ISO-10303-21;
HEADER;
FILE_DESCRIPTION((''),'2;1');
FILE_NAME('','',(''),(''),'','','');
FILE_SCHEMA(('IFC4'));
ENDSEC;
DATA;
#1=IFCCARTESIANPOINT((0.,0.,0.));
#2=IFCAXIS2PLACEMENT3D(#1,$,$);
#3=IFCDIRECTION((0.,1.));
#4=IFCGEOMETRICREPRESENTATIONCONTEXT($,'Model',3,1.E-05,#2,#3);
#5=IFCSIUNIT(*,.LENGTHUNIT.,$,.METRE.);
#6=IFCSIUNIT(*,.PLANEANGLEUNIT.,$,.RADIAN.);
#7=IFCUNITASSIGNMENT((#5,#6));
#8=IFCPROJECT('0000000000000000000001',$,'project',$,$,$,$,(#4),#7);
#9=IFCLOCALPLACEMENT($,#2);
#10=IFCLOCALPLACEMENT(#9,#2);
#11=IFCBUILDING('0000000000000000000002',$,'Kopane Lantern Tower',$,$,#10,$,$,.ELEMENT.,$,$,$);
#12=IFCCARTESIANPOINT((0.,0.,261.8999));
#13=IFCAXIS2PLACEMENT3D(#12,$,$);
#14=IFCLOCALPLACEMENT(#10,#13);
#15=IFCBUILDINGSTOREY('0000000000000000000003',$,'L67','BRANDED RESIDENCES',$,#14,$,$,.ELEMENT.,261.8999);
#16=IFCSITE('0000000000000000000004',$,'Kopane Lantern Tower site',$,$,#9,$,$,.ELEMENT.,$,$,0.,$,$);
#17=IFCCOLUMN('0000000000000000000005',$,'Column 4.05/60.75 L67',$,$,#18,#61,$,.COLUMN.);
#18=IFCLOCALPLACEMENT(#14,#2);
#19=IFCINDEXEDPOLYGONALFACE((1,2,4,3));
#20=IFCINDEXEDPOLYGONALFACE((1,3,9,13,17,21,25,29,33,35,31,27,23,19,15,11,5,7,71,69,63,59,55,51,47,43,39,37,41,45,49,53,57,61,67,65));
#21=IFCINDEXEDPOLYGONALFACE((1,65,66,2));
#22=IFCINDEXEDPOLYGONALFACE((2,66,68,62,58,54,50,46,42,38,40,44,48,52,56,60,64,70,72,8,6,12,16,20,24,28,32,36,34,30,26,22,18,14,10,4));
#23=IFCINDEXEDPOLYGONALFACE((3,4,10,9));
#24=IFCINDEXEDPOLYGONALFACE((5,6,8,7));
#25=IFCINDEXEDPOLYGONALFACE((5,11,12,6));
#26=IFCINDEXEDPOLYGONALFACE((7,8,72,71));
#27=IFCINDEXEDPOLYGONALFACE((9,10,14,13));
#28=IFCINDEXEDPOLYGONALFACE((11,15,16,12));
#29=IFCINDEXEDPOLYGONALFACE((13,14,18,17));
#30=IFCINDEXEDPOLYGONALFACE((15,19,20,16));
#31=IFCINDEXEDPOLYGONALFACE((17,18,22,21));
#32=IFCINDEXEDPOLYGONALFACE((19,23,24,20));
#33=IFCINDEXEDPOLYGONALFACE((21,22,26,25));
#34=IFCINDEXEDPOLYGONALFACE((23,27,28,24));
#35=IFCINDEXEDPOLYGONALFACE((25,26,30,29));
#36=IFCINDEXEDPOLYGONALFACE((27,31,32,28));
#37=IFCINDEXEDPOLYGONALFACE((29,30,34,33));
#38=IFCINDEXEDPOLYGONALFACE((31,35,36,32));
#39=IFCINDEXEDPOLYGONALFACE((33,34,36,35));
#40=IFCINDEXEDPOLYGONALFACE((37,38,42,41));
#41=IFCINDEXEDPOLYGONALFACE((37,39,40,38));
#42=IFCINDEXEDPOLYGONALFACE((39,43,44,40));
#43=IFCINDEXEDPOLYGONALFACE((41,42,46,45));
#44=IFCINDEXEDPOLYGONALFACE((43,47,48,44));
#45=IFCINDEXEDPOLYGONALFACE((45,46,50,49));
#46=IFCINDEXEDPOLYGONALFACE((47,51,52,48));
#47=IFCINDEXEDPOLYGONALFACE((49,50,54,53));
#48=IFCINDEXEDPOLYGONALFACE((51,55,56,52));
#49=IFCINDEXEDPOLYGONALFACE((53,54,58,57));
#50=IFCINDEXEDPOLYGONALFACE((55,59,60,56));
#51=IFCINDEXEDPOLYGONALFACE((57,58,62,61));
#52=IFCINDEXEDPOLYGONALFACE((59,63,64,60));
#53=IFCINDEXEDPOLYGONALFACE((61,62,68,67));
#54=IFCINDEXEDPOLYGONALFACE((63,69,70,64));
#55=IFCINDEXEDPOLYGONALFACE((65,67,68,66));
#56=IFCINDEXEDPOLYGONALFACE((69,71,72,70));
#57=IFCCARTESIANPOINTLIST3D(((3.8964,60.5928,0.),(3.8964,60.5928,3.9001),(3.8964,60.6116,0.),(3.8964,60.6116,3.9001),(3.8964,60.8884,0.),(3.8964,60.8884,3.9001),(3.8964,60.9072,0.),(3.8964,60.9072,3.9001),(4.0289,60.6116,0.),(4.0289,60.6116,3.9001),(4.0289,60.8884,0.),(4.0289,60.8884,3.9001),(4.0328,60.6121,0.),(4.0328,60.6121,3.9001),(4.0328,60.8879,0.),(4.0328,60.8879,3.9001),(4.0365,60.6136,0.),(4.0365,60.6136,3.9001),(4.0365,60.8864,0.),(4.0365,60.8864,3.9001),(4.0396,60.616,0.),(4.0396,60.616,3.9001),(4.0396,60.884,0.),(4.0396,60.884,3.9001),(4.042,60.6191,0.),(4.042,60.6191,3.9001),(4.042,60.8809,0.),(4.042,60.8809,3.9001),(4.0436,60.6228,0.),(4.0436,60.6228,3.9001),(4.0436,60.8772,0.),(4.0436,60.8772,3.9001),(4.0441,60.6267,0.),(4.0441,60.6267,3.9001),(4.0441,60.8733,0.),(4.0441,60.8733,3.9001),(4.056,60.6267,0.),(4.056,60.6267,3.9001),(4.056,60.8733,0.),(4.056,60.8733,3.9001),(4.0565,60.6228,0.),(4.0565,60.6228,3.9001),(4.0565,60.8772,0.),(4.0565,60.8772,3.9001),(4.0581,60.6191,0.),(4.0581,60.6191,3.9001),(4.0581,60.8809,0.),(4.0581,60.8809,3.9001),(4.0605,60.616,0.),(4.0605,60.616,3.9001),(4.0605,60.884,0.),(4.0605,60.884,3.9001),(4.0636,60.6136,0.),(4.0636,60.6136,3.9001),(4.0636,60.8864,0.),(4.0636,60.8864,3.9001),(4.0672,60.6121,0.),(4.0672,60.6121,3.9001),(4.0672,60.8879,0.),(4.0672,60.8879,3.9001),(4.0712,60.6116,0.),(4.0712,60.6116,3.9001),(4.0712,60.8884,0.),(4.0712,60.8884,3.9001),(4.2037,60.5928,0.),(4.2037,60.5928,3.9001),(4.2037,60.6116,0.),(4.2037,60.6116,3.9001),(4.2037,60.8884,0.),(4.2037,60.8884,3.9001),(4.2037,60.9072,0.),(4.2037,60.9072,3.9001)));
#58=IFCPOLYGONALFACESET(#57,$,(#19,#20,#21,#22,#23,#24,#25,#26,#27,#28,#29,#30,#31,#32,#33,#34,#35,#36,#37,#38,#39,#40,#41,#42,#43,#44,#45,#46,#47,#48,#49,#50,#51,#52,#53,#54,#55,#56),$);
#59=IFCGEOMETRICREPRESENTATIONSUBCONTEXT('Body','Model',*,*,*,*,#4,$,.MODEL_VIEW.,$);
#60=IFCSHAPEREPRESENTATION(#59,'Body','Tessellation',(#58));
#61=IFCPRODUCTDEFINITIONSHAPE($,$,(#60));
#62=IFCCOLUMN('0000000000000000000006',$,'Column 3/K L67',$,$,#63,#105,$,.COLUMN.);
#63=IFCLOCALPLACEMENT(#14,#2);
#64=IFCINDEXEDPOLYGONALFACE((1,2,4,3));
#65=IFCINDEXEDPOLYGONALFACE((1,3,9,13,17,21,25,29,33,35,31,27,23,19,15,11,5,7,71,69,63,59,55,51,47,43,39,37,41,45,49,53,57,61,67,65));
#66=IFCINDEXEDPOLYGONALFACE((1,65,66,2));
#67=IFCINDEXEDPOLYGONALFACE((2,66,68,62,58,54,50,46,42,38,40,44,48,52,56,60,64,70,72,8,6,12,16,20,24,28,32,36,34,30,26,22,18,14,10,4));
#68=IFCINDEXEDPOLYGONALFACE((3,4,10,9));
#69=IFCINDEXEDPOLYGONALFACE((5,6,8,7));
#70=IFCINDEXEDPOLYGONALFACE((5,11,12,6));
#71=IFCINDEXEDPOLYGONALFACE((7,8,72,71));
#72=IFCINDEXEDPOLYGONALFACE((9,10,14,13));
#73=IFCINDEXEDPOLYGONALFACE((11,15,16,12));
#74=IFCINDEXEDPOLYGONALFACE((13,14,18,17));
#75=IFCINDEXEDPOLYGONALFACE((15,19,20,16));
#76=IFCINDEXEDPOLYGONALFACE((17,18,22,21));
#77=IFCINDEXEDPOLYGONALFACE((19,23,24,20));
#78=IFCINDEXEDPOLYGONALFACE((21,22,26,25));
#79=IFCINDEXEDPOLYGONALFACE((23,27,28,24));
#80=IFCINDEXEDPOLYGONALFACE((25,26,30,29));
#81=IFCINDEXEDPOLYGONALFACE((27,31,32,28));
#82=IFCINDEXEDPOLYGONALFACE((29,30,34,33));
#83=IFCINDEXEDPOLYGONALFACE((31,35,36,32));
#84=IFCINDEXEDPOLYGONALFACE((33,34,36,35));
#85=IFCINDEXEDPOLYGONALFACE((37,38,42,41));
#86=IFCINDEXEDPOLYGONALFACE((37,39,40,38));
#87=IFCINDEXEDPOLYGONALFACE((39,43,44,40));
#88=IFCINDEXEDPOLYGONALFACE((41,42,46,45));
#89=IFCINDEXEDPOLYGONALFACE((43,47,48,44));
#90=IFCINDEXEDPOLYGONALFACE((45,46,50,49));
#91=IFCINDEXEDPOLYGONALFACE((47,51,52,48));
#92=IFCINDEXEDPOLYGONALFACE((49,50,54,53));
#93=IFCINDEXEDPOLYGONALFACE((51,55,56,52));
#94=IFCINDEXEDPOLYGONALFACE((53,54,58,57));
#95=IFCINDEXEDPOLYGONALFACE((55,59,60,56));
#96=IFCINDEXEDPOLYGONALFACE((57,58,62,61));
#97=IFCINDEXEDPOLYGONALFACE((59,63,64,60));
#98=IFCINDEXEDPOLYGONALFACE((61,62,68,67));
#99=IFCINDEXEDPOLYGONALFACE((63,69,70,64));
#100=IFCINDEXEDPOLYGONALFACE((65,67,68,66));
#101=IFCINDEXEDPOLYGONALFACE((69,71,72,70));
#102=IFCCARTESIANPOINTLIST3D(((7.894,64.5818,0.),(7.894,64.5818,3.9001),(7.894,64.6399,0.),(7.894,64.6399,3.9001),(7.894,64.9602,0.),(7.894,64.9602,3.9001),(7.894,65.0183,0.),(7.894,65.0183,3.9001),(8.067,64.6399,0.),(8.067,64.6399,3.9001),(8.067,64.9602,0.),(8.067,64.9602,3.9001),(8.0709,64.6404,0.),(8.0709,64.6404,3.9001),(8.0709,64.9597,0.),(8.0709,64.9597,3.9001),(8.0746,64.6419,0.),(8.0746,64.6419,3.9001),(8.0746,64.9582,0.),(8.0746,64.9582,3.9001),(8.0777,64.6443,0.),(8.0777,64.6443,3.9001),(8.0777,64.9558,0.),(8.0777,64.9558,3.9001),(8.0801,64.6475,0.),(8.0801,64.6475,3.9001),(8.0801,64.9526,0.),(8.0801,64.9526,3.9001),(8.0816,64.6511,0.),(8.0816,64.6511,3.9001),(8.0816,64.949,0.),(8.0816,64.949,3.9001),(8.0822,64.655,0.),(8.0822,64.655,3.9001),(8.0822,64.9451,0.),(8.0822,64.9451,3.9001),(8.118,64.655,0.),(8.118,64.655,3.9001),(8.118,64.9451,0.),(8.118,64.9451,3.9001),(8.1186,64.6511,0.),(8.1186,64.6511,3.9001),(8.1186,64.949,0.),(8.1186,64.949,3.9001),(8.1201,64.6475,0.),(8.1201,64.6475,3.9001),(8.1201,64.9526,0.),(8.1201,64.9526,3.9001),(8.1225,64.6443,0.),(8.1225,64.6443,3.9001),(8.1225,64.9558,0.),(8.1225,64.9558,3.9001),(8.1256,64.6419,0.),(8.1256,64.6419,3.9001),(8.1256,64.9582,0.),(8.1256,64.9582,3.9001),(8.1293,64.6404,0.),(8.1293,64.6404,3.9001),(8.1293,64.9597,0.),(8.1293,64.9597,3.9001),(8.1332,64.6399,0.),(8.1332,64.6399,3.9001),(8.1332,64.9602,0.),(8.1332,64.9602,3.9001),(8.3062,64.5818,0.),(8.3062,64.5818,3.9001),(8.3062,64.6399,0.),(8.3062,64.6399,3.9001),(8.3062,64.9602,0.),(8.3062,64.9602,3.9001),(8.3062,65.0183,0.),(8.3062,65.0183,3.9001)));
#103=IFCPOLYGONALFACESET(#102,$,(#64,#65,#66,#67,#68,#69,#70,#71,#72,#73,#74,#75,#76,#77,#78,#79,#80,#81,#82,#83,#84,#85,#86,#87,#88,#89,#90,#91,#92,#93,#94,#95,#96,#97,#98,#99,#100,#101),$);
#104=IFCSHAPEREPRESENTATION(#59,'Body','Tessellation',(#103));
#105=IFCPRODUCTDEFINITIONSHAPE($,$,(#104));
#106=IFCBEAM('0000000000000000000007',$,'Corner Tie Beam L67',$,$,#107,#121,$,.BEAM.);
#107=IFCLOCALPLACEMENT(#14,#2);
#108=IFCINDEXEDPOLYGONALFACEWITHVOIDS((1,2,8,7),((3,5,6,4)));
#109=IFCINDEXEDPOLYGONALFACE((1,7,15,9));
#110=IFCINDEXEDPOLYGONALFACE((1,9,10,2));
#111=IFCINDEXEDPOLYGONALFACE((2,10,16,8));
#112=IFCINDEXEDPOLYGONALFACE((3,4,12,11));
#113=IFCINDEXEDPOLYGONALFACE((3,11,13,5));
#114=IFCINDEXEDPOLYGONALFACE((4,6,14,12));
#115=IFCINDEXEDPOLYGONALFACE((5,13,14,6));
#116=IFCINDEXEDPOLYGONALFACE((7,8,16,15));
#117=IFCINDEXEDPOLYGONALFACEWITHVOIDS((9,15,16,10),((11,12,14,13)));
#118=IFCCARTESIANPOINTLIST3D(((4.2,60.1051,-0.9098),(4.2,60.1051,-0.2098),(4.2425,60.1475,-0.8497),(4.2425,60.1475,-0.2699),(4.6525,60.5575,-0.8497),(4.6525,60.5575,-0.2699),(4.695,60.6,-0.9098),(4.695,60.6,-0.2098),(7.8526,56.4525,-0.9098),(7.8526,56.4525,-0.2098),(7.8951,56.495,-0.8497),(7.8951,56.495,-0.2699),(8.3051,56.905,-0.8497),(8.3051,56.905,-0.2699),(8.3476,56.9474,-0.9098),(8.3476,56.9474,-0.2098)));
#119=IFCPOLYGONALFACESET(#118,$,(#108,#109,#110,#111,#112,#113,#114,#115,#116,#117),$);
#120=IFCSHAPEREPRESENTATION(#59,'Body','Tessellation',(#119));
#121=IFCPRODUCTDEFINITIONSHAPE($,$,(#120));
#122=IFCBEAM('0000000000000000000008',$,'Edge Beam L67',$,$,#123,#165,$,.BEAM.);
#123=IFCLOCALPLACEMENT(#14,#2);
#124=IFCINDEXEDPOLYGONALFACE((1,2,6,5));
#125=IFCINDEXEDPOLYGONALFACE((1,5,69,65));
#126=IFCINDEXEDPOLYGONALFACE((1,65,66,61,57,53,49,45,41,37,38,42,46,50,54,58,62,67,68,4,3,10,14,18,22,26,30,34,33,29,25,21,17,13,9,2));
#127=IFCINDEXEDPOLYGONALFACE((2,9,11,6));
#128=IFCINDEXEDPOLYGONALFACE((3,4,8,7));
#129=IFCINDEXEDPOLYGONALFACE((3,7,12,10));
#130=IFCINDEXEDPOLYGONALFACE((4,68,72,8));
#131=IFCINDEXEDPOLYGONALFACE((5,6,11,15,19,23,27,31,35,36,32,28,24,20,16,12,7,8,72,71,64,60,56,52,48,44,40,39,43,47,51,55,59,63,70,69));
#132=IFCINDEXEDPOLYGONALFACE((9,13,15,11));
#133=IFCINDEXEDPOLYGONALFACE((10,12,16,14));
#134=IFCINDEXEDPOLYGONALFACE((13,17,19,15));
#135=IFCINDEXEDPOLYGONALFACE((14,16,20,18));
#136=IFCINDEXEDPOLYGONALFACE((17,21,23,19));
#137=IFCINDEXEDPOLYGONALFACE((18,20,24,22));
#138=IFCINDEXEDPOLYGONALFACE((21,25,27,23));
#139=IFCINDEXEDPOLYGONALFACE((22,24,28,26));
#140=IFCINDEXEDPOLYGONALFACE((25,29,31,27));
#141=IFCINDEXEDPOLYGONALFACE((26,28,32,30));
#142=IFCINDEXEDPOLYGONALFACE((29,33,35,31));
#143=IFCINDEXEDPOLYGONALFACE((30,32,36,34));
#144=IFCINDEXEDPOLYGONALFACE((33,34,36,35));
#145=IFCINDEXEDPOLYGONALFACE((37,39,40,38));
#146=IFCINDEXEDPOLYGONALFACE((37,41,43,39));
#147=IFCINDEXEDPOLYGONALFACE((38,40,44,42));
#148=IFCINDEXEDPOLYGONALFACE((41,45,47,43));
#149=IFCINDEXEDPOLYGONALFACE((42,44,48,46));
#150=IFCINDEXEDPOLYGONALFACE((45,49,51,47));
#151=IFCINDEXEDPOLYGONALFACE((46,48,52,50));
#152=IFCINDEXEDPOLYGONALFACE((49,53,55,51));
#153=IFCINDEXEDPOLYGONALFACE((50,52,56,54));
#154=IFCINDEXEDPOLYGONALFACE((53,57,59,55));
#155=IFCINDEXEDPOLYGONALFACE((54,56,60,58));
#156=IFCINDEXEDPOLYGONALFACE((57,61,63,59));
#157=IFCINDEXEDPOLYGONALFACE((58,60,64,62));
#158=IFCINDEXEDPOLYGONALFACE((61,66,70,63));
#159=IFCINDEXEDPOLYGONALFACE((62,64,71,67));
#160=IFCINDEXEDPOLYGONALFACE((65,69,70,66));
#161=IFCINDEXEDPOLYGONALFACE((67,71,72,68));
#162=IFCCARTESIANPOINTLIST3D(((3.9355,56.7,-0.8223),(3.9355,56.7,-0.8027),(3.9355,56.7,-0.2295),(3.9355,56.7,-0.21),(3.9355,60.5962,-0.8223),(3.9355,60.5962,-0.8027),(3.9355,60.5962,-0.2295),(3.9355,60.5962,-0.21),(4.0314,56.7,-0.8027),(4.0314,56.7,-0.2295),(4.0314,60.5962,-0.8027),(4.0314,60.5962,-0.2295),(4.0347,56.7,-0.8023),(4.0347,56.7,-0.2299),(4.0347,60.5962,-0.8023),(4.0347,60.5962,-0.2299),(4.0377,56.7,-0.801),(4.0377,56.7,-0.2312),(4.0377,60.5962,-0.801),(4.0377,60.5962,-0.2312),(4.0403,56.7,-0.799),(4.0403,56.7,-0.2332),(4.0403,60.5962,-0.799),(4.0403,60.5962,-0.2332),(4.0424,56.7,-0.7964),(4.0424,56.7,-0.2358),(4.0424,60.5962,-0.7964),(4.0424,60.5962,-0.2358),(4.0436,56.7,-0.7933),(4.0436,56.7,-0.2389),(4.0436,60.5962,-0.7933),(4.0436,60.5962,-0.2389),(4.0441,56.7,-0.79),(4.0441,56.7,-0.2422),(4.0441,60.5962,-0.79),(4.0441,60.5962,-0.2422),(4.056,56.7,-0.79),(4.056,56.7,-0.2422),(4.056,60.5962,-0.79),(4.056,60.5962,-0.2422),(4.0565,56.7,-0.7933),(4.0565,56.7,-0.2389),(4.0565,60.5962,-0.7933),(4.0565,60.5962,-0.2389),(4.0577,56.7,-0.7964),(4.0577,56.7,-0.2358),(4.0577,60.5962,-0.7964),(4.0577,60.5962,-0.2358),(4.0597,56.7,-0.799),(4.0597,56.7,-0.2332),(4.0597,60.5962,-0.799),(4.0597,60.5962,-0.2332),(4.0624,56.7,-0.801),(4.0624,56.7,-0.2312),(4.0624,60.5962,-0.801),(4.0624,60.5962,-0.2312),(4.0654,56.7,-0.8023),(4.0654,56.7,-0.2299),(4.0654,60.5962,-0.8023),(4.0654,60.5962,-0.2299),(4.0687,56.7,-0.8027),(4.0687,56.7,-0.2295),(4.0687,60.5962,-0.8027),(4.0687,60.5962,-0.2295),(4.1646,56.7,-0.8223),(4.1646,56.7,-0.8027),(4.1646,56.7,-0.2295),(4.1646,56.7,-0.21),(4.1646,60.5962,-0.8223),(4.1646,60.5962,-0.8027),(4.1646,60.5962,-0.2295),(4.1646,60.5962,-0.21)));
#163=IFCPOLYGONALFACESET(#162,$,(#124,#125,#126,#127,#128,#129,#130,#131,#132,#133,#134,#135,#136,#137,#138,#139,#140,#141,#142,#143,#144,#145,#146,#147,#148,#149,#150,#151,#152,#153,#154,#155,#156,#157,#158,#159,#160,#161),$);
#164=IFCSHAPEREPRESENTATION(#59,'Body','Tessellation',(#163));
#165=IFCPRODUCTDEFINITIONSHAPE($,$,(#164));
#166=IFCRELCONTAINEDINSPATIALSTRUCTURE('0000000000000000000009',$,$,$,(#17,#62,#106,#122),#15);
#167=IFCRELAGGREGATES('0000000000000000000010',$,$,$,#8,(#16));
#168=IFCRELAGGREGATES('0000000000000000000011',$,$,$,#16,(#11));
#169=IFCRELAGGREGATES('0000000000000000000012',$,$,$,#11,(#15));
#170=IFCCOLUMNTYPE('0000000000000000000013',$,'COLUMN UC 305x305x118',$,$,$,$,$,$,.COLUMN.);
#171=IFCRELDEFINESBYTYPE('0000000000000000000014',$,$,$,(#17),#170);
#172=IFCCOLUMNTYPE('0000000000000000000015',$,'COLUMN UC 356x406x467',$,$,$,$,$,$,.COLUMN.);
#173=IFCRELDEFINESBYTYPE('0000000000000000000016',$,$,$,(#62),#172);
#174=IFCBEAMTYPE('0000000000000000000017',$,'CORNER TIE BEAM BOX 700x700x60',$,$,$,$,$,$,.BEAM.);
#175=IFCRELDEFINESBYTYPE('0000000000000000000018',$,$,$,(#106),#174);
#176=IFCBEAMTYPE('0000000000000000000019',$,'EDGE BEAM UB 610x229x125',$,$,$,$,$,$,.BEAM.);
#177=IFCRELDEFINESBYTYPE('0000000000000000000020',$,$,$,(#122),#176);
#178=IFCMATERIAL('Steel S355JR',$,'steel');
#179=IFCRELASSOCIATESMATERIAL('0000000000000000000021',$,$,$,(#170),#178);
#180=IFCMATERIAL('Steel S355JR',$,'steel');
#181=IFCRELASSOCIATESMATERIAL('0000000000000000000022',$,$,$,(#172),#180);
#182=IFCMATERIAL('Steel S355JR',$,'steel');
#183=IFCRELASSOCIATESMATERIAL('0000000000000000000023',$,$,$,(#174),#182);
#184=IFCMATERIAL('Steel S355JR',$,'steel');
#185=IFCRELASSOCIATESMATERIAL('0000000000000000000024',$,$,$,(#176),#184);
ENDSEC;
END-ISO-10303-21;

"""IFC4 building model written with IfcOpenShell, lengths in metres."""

from ifc_helpers import new_model, si_unit, direction, frame, origin, origin_2d, place, context, subcontext, project, spatial, hollow_rectangle, i_section, extrude, material, material_profile, profile_set, type_object, element, save


model = new_model("IFC4")

# Units and contexts
model_context = context("Model", 3, precision=1e-05, world=origin(), true_north=direction((0.0, 1.0)))
body_context = subcontext(model_context, "Body", "Model", "MODEL_VIEW")
ifc_project = project(units=[si_unit("LENGTHUNIT", "METRE"), si_unit("PLANEANGLEUNIT", "RADIAN")], contexts=[model_context])

# Site, building, storey
site_placement = place(None, origin())
site = spatial("IfcSite", under=ifc_project, at=site_placement, Name="Kopane Lantern Tower site", CompositionType="ELEMENT", RefElevation=0.0)
building_placement = place(site_placement, origin())
building = spatial("IfcBuilding", under=site, at=building_placement, Name="Kopane Lantern Tower", CompositionType="ELEMENT")
storey_placement = place(building_placement, frame((0.0, 0.0, 261.8999)))
storey = spatial("IfcBuildingStorey", under=building, at=storey_placement, Name="L67", Description="BRANDED RESIDENCES", CompositionType="ELEMENT", Elevation=261.8999)

# Columns
ifc_material_1 = material(Name="Steel S355JR", Category="steel")
ifc_material_profile_1 = material_profile(ifc_material_1, i_section(OverallWidth=0.3074, OverallDepth=0.3145, WebThickness=0.012, FlangeThickness=0.0188, FilletRadius=0.0151, at=origin_2d()), Name="UC 305x305x118")
ifc_profile_set_1 = profile_set([ifc_material_profile_1], Name="Steel S355JR")
column_type_1 = type_object("IfcColumnType", Name="COLUMN UC 305x305x118", PredefinedType="COLUMN", material=ifc_profile_set_1)
column_1_placement = place(storey_placement, frame((4.05, 60.75, 0.0), z_axis=(0.0, 0.0, 1.0), x_axis=(1.0, 0.0, 0.0)))
element("IfcColumn", 1, at=column_1_placement, inside=storey, type_object=column_type_1, Name="Column 4.05/60.75 L67", PredefinedType="COLUMN", context=body_context, shape_type="SweptSolid", body=[
    extrude(i_section(OverallWidth=0.3074, OverallDepth=0.3145, WebThickness=0.012, FlangeThickness=0.0188, FilletRadius=0.0151, at=origin_2d()), origin(), (0.0, 0.0, 1.0), 3.9001),
])
ifc_material_2 = material(Name="Steel S355JR", Category="steel")
ifc_material_profile_2 = material_profile(ifc_material_2, i_section(OverallWidth=0.4121, OverallDepth=0.4365, WebThickness=0.0359, FlangeThickness=0.0581, FilletRadius=0.0151, at=origin_2d()), Name="UC 356x406x467")
ifc_profile_set_2 = profile_set([ifc_material_profile_2], Name="Steel S355JR")
column_type_2 = type_object("IfcColumnType", Name="COLUMN UC 356x406x467", PredefinedType="COLUMN", material=ifc_profile_set_2)
column_2_placement = place(storey_placement, frame((8.1001, 64.8, 0.0), z_axis=(0.0, 0.0, 1.0), x_axis=(1.0, 0.0, 0.0)))
element("IfcColumn", 2, at=column_2_placement, inside=storey, type_object=column_type_2, Name="Column 3/K L67", PredefinedType="COLUMN", context=body_context, shape_type="SweptSolid", body=[
    extrude(i_section(OverallWidth=0.4121, OverallDepth=0.4365, WebThickness=0.0359, FlangeThickness=0.0581, FilletRadius=0.0151, at=origin_2d()), origin(), (0.0, 0.0, 1.0), 3.9001),
])

# Beams
ifc_material_3 = material(Name="Steel S355JR", Category="steel")
ifc_material_profile_3 = material_profile(ifc_material_3, hollow_rectangle(XDim=0.7, YDim=0.7, WallThickness=0.0601, at=origin_2d()), Name="BOX 700x700x60")
ifc_profile_set_3 = profile_set([ifc_material_profile_3], Name="Steel S355JR")
beam_type_1 = type_object("IfcBeamType", Name="CORNER TIE BEAM BOX 700x700x60", PredefinedType="BEAM", material=ifc_profile_set_3)
beam_1_placement = place(storey_placement, frame((4.4475, 60.3525, -0.5598), z_axis=(0.707107, -0.707107, 0.0), x_axis=(0.707107, 0.707107, 0.0)))
element("IfcBeam", 3, at=beam_1_placement, inside=storey, type_object=beam_type_1, Name="Corner Tie Beam L67", PredefinedType="BEAM", context=body_context, shape_type="SweptSolid", body=[
    extrude(hollow_rectangle(XDim=0.7, YDim=0.7, WallThickness=0.0601, at=origin_2d()), origin(), (0.0, 0.0, 1.0), 5.1655),
])
ifc_material_4 = material(Name="Steel S355JR", Category="steel")
ifc_material_profile_4 = material_profile(ifc_material_4, i_section(OverallWidth=0.229, OverallDepth=0.6123, WebThickness=0.012, FlangeThickness=0.0195, FilletRadius=0.0127, at=origin_2d()), Name="UB 610x229x125")
ifc_profile_set_4 = profile_set([ifc_material_profile_4], Name="Steel S355JR")
beam_type_2 = type_object("IfcBeamType", Name="EDGE BEAM UB 610x229x125", PredefinedType="BEAM", material=ifc_profile_set_4)
beam_2_placement = place(storey_placement, frame((4.05, 60.5962, -0.5161), z_axis=(0.0, -1.0, 0.0), x_axis=(1.0, 0.0, 0.0)))
element("IfcBeam", 4, at=beam_2_placement, inside=storey, type_object=beam_type_2, Name="Edge Beam L67", PredefinedType="BEAM", context=body_context, shape_type="SweptSolid", body=[
    extrude(i_section(OverallWidth=0.229, OverallDepth=0.6123, WebThickness=0.012, FlangeThickness=0.0195, FilletRadius=0.0127, at=origin_2d()), origin(), (0.0, 0.0, 1.0), 3.8962),
])

save(model, "model.ifc")
